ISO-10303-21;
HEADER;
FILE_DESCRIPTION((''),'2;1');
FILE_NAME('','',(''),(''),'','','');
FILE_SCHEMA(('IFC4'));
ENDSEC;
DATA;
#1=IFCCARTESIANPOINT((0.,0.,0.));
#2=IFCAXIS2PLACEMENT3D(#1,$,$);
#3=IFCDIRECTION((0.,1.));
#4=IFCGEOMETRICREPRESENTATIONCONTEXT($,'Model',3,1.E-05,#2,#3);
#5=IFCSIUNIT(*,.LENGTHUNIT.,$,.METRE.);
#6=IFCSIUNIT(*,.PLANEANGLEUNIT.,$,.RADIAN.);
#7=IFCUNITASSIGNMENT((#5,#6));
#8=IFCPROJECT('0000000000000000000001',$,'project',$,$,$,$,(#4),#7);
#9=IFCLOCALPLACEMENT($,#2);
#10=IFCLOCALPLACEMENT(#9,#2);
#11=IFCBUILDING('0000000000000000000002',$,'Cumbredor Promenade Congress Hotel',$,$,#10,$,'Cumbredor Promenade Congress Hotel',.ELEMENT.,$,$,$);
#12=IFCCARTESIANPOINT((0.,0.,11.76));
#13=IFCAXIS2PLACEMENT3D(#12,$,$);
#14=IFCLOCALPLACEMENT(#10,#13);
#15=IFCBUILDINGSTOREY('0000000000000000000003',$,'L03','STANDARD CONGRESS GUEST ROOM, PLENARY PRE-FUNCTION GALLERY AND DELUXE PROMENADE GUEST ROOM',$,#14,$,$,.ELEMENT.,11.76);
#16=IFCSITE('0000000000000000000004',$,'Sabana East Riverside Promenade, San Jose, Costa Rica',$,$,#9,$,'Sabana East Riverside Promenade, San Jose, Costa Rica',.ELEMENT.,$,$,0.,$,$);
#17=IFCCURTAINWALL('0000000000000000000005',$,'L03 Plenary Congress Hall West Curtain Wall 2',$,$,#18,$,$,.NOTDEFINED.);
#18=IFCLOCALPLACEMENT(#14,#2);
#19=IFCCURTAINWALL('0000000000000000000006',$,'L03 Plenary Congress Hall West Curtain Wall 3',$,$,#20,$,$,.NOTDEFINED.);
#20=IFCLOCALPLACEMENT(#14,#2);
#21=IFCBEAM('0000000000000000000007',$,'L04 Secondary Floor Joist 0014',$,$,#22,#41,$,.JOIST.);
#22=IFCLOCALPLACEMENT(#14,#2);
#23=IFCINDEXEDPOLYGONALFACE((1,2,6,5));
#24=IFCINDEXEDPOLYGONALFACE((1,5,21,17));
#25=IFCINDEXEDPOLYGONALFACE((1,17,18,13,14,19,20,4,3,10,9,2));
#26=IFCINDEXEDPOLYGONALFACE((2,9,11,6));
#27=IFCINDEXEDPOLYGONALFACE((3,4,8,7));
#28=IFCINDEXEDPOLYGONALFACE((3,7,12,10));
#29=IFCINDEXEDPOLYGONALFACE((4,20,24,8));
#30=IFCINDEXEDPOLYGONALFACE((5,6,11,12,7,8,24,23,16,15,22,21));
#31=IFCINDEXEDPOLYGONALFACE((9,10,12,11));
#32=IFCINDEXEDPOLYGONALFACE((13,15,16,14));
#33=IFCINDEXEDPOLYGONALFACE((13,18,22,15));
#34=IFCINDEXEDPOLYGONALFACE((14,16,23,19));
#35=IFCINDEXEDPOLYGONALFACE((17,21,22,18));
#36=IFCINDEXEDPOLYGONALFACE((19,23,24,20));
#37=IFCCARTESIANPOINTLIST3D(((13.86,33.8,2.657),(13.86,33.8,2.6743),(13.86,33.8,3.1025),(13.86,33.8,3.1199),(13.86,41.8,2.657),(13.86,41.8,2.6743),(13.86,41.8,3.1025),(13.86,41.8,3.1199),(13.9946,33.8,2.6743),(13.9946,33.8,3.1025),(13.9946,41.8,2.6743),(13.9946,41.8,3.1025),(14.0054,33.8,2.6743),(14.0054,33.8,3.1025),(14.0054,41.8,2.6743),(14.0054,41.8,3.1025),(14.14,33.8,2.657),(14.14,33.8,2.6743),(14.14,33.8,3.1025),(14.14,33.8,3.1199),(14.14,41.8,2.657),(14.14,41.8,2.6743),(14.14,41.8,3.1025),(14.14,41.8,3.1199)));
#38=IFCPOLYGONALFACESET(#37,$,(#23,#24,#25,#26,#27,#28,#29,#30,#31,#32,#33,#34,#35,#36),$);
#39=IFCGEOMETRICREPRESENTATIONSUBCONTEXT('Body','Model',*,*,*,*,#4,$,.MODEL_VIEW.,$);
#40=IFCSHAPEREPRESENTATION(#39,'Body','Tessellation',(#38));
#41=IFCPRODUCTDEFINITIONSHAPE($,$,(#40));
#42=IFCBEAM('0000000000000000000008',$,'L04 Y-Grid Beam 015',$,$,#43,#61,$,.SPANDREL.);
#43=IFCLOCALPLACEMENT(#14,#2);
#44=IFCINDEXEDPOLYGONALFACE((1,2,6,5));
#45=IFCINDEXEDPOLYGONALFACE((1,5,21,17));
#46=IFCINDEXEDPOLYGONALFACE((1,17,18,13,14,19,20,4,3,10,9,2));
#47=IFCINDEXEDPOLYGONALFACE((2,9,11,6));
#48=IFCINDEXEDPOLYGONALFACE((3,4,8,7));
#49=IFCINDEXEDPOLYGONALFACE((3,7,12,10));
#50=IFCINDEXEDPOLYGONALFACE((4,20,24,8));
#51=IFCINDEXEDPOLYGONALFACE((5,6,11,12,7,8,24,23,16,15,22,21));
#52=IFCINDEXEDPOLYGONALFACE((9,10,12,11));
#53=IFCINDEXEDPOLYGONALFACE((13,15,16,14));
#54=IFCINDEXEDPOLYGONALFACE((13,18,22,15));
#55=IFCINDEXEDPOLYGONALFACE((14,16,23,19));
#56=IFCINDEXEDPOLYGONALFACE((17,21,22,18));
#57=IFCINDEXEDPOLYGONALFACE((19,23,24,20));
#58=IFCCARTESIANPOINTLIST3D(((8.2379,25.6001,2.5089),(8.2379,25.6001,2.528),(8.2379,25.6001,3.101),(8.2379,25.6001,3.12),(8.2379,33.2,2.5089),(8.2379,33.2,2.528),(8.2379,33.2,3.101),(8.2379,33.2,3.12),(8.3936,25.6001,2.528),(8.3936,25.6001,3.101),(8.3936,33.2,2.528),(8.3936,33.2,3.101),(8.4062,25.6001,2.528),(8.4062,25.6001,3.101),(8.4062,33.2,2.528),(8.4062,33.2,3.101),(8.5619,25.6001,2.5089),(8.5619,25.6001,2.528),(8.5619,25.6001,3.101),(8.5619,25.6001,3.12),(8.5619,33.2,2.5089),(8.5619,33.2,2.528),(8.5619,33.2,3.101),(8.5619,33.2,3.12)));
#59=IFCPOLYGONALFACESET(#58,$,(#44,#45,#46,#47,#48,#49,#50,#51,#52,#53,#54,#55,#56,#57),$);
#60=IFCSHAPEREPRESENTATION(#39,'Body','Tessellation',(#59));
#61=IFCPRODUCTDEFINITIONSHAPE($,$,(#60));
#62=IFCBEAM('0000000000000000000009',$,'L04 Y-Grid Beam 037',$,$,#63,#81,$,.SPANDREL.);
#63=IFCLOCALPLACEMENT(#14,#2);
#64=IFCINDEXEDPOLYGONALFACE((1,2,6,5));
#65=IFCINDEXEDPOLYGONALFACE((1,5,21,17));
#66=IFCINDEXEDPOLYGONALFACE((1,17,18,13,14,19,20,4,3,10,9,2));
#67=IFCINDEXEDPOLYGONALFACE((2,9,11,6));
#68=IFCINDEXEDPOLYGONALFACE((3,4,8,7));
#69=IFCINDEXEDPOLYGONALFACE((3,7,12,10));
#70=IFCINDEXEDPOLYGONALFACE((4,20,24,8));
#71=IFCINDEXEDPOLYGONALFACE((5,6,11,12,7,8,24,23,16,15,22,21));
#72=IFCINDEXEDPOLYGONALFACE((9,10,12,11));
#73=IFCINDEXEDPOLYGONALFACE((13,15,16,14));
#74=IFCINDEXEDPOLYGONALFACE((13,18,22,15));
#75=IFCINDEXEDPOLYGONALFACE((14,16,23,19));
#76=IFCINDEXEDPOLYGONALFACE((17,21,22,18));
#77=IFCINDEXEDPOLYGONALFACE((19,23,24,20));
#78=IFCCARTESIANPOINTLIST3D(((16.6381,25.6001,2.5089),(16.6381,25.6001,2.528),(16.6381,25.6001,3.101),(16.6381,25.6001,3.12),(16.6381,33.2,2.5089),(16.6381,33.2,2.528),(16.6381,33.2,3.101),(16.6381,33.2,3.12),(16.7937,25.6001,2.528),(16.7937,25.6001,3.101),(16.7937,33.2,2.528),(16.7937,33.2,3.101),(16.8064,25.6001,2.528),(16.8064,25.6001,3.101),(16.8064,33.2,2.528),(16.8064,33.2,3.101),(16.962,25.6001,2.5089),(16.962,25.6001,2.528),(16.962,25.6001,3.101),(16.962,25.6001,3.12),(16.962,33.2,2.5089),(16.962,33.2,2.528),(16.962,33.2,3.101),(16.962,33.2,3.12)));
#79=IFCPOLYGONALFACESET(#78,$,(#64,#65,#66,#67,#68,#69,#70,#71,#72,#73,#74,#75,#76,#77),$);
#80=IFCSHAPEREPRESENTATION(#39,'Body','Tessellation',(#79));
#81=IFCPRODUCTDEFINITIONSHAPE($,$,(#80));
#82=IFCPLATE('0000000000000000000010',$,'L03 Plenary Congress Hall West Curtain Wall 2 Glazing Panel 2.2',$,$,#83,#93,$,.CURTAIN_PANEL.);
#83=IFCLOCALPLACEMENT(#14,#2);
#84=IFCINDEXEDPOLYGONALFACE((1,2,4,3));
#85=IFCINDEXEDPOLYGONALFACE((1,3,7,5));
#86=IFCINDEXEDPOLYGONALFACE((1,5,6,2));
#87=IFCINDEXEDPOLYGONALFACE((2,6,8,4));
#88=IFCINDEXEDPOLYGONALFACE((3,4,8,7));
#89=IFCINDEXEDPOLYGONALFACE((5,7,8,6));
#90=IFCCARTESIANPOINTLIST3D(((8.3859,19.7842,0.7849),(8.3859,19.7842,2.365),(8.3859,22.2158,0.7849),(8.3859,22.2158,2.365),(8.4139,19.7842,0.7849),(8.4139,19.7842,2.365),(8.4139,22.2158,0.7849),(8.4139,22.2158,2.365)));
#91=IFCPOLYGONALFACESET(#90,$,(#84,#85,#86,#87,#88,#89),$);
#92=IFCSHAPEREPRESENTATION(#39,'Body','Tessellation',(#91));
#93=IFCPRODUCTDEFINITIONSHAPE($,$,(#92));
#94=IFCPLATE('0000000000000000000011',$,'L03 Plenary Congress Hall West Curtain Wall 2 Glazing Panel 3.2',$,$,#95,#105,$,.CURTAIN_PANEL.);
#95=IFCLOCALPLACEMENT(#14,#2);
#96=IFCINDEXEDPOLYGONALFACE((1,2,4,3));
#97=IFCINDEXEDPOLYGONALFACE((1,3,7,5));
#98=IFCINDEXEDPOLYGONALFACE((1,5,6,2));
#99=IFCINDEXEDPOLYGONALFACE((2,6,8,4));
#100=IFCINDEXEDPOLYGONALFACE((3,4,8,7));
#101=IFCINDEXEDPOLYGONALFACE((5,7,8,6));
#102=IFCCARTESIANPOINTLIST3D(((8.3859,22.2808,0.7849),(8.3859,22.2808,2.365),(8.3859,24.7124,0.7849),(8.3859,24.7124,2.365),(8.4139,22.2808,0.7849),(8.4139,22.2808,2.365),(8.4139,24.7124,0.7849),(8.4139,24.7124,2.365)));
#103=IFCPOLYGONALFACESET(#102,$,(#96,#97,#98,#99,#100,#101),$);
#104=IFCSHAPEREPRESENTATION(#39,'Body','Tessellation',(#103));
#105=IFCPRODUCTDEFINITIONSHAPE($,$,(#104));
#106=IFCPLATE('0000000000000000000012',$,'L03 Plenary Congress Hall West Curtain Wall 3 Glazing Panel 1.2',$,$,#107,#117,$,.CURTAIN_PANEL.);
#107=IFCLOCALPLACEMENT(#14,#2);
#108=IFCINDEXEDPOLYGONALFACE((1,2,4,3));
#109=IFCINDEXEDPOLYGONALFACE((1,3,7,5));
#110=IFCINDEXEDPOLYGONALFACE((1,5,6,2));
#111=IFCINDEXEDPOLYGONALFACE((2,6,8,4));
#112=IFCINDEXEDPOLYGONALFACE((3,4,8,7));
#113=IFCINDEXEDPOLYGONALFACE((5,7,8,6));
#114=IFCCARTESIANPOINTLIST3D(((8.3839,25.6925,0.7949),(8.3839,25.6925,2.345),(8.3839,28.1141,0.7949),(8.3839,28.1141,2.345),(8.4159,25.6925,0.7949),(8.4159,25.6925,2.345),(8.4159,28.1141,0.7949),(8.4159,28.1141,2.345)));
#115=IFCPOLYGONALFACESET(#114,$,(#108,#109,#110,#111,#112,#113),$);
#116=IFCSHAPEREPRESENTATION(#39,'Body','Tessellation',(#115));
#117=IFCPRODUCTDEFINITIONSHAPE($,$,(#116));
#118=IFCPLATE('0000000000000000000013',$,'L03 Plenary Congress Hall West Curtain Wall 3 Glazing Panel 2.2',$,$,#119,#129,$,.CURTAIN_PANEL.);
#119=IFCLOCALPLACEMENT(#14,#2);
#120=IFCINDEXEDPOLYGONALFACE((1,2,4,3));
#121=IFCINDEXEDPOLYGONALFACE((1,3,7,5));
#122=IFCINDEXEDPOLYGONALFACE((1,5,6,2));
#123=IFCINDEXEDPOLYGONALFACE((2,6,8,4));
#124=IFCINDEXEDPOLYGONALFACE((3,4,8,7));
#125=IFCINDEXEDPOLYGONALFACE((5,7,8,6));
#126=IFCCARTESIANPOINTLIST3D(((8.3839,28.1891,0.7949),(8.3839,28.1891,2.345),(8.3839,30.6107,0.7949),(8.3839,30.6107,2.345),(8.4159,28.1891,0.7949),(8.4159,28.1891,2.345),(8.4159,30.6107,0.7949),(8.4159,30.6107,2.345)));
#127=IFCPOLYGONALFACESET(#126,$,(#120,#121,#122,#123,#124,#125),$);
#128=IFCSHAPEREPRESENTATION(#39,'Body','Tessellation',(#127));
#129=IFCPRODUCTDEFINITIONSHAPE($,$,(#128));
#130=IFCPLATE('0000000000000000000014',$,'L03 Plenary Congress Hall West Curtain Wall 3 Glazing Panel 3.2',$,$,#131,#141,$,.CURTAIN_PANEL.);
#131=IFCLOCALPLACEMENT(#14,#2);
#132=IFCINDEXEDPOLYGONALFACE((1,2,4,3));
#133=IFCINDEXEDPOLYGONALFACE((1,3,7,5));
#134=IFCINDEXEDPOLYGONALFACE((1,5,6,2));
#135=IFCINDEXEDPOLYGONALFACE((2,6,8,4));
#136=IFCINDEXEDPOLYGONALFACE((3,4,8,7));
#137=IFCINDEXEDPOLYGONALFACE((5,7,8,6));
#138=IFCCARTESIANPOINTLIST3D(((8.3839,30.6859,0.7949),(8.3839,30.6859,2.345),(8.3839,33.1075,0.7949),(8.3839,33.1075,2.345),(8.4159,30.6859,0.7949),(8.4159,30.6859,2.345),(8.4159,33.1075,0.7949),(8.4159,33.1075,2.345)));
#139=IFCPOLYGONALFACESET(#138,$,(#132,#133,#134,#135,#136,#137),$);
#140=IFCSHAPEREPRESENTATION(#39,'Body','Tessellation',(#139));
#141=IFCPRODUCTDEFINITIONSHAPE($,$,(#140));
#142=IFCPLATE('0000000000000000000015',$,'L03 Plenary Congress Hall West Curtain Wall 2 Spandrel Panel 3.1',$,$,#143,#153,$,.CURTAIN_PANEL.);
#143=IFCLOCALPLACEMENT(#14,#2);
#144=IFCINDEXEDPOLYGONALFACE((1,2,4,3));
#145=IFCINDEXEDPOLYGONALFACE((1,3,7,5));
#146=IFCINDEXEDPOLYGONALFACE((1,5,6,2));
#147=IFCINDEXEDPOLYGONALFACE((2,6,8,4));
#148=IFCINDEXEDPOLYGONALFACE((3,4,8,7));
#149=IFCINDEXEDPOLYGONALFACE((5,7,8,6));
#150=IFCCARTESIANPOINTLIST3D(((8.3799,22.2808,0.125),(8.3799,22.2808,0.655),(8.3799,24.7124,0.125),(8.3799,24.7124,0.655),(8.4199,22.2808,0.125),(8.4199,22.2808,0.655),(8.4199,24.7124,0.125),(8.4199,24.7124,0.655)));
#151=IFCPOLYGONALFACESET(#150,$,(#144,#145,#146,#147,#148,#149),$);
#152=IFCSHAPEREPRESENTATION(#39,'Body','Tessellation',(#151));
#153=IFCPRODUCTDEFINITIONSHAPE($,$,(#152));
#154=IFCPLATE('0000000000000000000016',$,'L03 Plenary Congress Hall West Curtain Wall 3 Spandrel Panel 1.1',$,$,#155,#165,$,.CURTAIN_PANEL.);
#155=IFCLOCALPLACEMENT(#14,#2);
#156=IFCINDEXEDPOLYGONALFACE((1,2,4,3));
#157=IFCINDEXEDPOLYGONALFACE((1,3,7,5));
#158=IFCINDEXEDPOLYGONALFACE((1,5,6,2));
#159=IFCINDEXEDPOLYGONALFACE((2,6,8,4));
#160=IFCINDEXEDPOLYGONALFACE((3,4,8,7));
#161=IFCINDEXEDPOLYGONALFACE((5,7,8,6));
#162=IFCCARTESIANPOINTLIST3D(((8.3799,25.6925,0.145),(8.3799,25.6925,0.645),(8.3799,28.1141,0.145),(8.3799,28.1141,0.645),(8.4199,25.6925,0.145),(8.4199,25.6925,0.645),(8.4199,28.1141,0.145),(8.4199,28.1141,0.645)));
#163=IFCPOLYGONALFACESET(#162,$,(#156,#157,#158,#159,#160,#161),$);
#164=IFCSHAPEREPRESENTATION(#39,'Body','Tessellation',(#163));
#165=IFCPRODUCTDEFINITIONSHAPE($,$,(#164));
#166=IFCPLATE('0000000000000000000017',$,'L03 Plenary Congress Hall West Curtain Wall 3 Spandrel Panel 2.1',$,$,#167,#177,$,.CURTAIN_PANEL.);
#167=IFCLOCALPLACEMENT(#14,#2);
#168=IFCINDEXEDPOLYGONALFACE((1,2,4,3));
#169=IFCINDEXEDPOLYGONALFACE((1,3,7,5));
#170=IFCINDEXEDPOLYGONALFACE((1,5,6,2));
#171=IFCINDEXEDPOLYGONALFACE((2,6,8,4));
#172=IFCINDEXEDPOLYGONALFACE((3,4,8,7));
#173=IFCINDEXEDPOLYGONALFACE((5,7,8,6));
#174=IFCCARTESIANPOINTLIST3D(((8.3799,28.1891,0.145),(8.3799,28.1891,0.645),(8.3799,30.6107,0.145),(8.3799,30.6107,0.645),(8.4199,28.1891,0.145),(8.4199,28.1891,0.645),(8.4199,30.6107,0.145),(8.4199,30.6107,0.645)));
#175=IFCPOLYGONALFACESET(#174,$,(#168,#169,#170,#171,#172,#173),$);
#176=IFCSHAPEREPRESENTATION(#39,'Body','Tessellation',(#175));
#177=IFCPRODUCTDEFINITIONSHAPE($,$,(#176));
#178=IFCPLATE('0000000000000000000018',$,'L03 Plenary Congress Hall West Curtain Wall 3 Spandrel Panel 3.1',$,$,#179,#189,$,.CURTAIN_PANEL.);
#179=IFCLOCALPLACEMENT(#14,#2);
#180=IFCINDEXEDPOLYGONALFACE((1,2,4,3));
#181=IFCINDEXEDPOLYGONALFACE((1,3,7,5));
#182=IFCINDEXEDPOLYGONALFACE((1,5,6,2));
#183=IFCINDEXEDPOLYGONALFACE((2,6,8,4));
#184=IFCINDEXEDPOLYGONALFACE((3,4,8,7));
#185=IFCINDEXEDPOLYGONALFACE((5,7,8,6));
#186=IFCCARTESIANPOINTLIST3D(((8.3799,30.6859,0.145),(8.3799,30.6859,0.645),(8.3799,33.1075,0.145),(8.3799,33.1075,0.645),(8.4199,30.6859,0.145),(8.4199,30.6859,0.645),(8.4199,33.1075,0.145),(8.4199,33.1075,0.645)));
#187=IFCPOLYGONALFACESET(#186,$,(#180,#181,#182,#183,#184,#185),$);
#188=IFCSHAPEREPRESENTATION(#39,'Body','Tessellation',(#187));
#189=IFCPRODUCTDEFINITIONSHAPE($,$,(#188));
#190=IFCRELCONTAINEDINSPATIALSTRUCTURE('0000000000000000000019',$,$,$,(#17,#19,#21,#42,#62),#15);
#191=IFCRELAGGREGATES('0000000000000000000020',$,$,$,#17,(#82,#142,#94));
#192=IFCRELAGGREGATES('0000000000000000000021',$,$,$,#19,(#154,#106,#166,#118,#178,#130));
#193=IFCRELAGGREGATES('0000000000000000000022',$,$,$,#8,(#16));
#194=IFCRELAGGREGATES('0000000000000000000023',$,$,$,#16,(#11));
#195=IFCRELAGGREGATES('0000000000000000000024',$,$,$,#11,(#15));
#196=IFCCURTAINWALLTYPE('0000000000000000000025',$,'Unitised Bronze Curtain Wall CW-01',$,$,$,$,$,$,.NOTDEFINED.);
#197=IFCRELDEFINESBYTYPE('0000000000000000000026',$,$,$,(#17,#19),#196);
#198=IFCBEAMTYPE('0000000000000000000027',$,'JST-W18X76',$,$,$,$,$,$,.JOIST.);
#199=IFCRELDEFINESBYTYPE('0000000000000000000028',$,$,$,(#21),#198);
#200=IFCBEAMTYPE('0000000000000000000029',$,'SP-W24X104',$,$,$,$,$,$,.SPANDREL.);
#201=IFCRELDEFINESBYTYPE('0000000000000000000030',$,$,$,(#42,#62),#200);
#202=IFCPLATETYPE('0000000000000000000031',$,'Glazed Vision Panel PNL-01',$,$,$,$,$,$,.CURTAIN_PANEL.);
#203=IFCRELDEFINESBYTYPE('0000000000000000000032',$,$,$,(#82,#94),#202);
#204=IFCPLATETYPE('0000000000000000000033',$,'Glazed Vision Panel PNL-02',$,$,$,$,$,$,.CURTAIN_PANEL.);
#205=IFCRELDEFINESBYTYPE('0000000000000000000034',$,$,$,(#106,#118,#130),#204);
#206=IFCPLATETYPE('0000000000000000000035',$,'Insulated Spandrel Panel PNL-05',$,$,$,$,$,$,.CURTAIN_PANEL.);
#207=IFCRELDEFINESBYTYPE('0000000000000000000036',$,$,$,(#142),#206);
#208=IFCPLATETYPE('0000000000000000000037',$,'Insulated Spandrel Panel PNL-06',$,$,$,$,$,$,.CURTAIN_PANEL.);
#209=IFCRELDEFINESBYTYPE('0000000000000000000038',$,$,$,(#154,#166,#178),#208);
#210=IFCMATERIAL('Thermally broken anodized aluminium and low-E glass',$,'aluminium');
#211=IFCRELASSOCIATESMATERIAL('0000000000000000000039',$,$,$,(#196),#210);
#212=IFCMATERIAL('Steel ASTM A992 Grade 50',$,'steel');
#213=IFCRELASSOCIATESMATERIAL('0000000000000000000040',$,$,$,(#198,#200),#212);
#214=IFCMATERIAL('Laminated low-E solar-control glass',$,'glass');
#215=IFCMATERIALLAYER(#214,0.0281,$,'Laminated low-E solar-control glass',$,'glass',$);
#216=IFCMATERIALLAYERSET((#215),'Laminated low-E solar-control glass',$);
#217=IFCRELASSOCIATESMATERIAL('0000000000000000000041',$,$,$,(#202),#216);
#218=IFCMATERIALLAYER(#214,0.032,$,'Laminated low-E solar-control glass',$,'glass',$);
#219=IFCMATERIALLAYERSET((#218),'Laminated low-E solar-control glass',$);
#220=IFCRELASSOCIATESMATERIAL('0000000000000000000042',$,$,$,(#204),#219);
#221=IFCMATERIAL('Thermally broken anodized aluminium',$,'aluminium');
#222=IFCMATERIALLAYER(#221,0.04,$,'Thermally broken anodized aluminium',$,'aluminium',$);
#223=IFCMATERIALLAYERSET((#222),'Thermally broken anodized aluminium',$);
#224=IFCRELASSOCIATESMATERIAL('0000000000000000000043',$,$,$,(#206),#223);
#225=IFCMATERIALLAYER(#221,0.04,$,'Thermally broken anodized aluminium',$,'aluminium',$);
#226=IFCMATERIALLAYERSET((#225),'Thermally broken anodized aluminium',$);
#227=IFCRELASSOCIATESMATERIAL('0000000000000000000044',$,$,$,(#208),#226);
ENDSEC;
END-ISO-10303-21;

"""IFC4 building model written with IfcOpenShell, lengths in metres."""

from ifc_helpers import new_model, si_unit, direction, frame, origin, origin_2d, place, context, subcontext, project, spatial, rectangle, i_section, extrude, material, layer, layer_set, material_profile, profile_set, type_object, element, aggregate, save


model = new_model("IFC4")

# Units and contexts
model_context = context("Model", 3, precision=1e-05, world=origin(), true_north=direction((0.0, 1.0)))
body_context = subcontext(model_context, "Body", "Model", "MODEL_VIEW")
ifc_project = project(units=[si_unit("LENGTHUNIT", "METRE"), si_unit("PLANEANGLEUNIT", "RADIAN")], contexts=[model_context])

# Site, building, storey
site_placement = place(None, origin())
site = spatial("IfcSite", under=ifc_project, at=site_placement, Name="Sabana East Riverside Promenade, San Jose, Costa Rica", LongName="Sabana East Riverside Promenade, San Jose, Costa Rica", CompositionType="ELEMENT", RefElevation=0.0)
building_placement = place(site_placement, origin())
building = spatial("IfcBuilding", under=site, at=building_placement, Name="Cumbredor Promenade Congress Hotel", LongName="Cumbredor Promenade Congress Hotel", CompositionType="ELEMENT")
storey_placement = place(building_placement, frame((0.0, 0.0, 11.76)))
storey = spatial("IfcBuildingStorey", under=building, at=storey_placement, Name="L03", Description="STANDARD CONGRESS GUEST ROOM, PLENARY PRE-FUNCTION GALLERY AND DELUXE PROMENADE GUEST ROOM", CompositionType="ELEMENT", Elevation=11.76)

# Curtain walls
ifc_material_1 = material(Name="Thermally broken anodized aluminium and low-E glass", Category="aluminium")
curtain_wall_type = type_object("IfcCurtainWallType", Name="Unitised Bronze Curtain Wall CW-01", PredefinedType="NOTDEFINED", material=ifc_material_1)
curtain_wall_1_placement = place(storey_placement, origin())
curtain_wall_1 = element("IfcCurtainWall", 1, at=curtain_wall_1_placement, inside=storey, type_object=curtain_wall_type, Name="L03 Plenary Congress Hall West Curtain Wall 2", PredefinedType="NOTDEFINED")
ifc_material_2 = material(Name="Thermally broken anodized aluminium", Category="aluminium")
curtain_wall_2_placement = place(storey_placement, origin())
curtain_wall_2 = element("IfcCurtainWall", 2, at=curtain_wall_2_placement, inside=storey, type_object=curtain_wall_type, Name="L03 Plenary Congress Hall West Curtain Wall 3", PredefinedType="NOTDEFINED")

# Beams
ifc_material_3 = material(Name="Steel ASTM A992 Grade 50", Category="steel")
ifc_material_profile_1 = material_profile(ifc_material_3, i_section(OverallWidth=0.28, OverallDepth=0.4629, WebThickness=0.0107, FlangeThickness=0.0173, at=origin_2d()), Name="W18X76")
ifc_profile_set_1 = profile_set([ifc_material_profile_1], Name="Steel ASTM A992 Grade 50")
beam_type_1 = type_object("IfcBeamType", Name="JST-W18X76", PredefinedType="JOIST", material=ifc_profile_set_1)
for number, where, z_axis, x_axis, name in (
    (3, (14.0, 33.8, 2.8884), (0.0, 1.0, 0.0), (-1.0, 0.0, 0.0), "L04 Secondary Floor Joist 0014"),
):
    element("IfcBeam", number, at=place(storey_placement, frame(where, z_axis=z_axis, x_axis=x_axis)), inside=storey, type_object=beam_type_1, Name=name, PredefinedType="JOIST", context=body_context, shape_type="SweptSolid", body=[
        extrude(i_section(OverallWidth=0.28, OverallDepth=0.4629, WebThickness=0.0107, FlangeThickness=0.0173, at=origin_2d()), origin(), (0.0, 0.0, 1.0), 8.0),
    ])
ifc_material_profile_2 = material_profile(ifc_material_3, i_section(OverallWidth=0.324, OverallDepth=0.6111, WebThickness=0.0127, FlangeThickness=0.019, at=origin_2d()), Name="W24X104")
ifc_profile_set_2 = profile_set([ifc_material_profile_2], Name="Steel ASTM A992 Grade 50")
beam_type_2 = type_object("IfcBeamType", Name="SP-W24X104", PredefinedType="SPANDREL", material=ifc_profile_set_2)
for number, where, z_axis, x_axis, name in (
    (4, (8.3999, 25.6001, 2.8145), (0.0, 1.0, 0.0), (-1.0, 0.0, 0.0), "L04 Y-Grid Beam 015"),
    (5, (16.8, 25.6001, 2.8145), (0.0, 1.0, 0.0), (-1.0, 0.0, 0.0), "L04 Y-Grid Beam 037"),
):
    element("IfcBeam", number, at=place(storey_placement, frame(where, z_axis=z_axis, x_axis=x_axis)), inside=storey, type_object=beam_type_2, Name=name, PredefinedType="SPANDREL", context=body_context, shape_type="SweptSolid", body=[
        extrude(i_section(OverallWidth=0.324, OverallDepth=0.6111, WebThickness=0.0127, FlangeThickness=0.019, at=origin_2d()), origin(), (0.0, 0.0, 1.0), 7.5999),
    ])

# Plates
ifc_material_4 = material(Name="Laminated low-E solar-control glass", Category="glass")
ifc_layer_1 = layer(ifc_material_4, 0.0281, Name="Laminated low-E solar-control glass", Category="glass")
ifc_layer_set_1 = layer_set([ifc_layer_1], Name="Laminated low-E solar-control glass")
plate_type_1 = type_object("IfcPlateType", Name="Glazed Vision Panel PNL-01", PredefinedType="CURTAIN_PANEL", material=ifc_layer_set_1)
plate_1_placement = place(storey_placement, frame((8.3999, 21.0, 0.7849), z_axis=(0.0, 0.0, 1.0), x_axis=(0.0, 1.0, 0.0)))
plate_1 = element("IfcPlate", 6, at=plate_1_placement, type_object=plate_type_1, Name="L03 Plenary Congress Hall West Curtain Wall 2 Glazing Panel 2.2", PredefinedType="CURTAIN_PANEL", context=body_context, shape_type="SweptSolid", body=[
    extrude(rectangle(XDim=2.4316, YDim=0.0281, at=origin_2d()), origin(), (0.0, 0.0, 1.0), 1.5801),
])
plate_2_placement = place(storey_placement, frame((8.3999, 23.4966, 0.7849), z_axis=(0.0, 0.0, 1.0), x_axis=(0.0, 1.0, 0.0)))
plate_2 = element("IfcPlate", 7, at=plate_2_placement, type_object=plate_type_1, Name="L03 Plenary Congress Hall West Curtain Wall 2 Glazing Panel 3.2", PredefinedType="CURTAIN_PANEL", context=body_context, shape_type="SweptSolid", body=[
    extrude(rectangle(XDim=2.4316, YDim=0.0281, at=origin_2d()), origin(), (0.0, 0.0, 1.0), 1.5801),
])
ifc_layer_2 = layer(ifc_material_4, 0.032, Name="Laminated low-E solar-control glass", Category="glass")
ifc_layer_set_2 = layer_set([ifc_layer_2], Name="Laminated low-E solar-control glass")
plate_type_2 = type_object("IfcPlateType", Name="Glazed Vision Panel PNL-02", PredefinedType="CURTAIN_PANEL", material=ifc_layer_set_2)
plate_3_placement = place(storey_placement, frame((8.3999, 26.9033, 0.7949), z_axis=(0.0, 0.0, 1.0), x_axis=(0.0, 1.0, 0.0)))
plate_3 = element("IfcPlate", 8, at=plate_3_placement, type_object=plate_type_2, Name="L03 Plenary Congress Hall West Curtain Wall 3 Glazing Panel 1.2", PredefinedType="CURTAIN_PANEL", context=body_context, shape_type="SweptSolid", body=[
    extrude(rectangle(XDim=2.4216, YDim=0.032, at=origin_2d()), origin(), (0.0, 0.0, 1.0), 1.55),
])
plate_4_placement = place(storey_placement, frame((8.3999, 29.3999, 0.7949), z_axis=(0.0, 0.0, 1.0), x_axis=(0.0, 1.0, 0.0)))
plate_4 = element("IfcPlate", 9, at=plate_4_placement, type_object=plate_type_2, Name="L03 Plenary Congress Hall West Curtain Wall 3 Glazing Panel 2.2", PredefinedType="CURTAIN_PANEL", context=body_context, shape_type="SweptSolid", body=[
    extrude(rectangle(XDim=2.4216, YDim=0.032, at=origin_2d()), origin(), (0.0, 0.0, 1.0), 1.55),
])
plate_5_placement = place(storey_placement, frame((8.3999, 31.8967, 0.7949), z_axis=(0.0, 0.0, 1.0), x_axis=(0.0, 1.0, 0.0)))
plate_5 = element("IfcPlate", 10, at=plate_5_placement, type_object=plate_type_2, Name="L03 Plenary Congress Hall West Curtain Wall 3 Glazing Panel 3.2", PredefinedType="CURTAIN_PANEL", context=body_context, shape_type="SweptSolid", body=[
    extrude(rectangle(XDim=2.4216, YDim=0.032, at=origin_2d()), origin(), (0.0, 0.0, 1.0), 1.55),
])
ifc_layer_3 = layer(ifc_material_2, 0.04, Name="Thermally broken anodized aluminium", Category="aluminium")
ifc_layer_set_3 = layer_set([ifc_layer_3], Name="Thermally broken anodized aluminium")
plate_type_3 = type_object("IfcPlateType", Name="Insulated Spandrel Panel PNL-05", PredefinedType="CURTAIN_PANEL", material=ifc_layer_set_3)
plate_6_placement = place(storey_placement, frame((8.3999, 23.4966, 0.125), z_axis=(0.0, 0.0, 1.0), x_axis=(0.0, 1.0, 0.0)))
plate_6 = element("IfcPlate", 11, at=plate_6_placement, type_object=plate_type_3, Name="L03 Plenary Congress Hall West Curtain Wall 2 Spandrel Panel 3.1", PredefinedType="CURTAIN_PANEL", context=body_context, shape_type="SweptSolid", body=[
    extrude(rectangle(XDim=2.4316, YDim=0.04, at=origin_2d()), origin(), (0.0, 0.0, 1.0), 0.53),
])
aggregate(curtain_wall_1, [plate_1, plate_6, plate_2])
ifc_layer_4 = layer(ifc_material_2, 0.04, Name="Thermally broken anodized aluminium", Category="aluminium")
ifc_layer_set_4 = layer_set([ifc_layer_4], Name="Thermally broken anodized aluminium")
plate_type_4 = type_object("IfcPlateType", Name="Insulated Spandrel Panel PNL-06", PredefinedType="CURTAIN_PANEL", material=ifc_layer_set_4)
plate_7_placement = place(storey_placement, frame((8.3999, 26.9033, 0.145), z_axis=(0.0, 0.0, 1.0), x_axis=(0.0, 1.0, 0.0)))
plate_7 = element("IfcPlate", 12, at=plate_7_placement, type_object=plate_type_4, Name="L03 Plenary Congress Hall West Curtain Wall 3 Spandrel Panel 1.1", PredefinedType="CURTAIN_PANEL", context=body_context, shape_type="SweptSolid", body=[
    extrude(rectangle(XDim=2.4216, YDim=0.04, at=origin_2d()), origin(), (0.0, 0.0, 1.0), 0.5),
])
plate_8_placement = place(storey_placement, frame((8.3999, 29.3999, 0.145), z_axis=(0.0, 0.0, 1.0), x_axis=(0.0, 1.0, 0.0)))
plate_8 = element("IfcPlate", 13, at=plate_8_placement, type_object=plate_type_4, Name="L03 Plenary Congress Hall West Curtain Wall 3 Spandrel Panel 2.1", PredefinedType="CURTAIN_PANEL", context=body_context, shape_type="SweptSolid", body=[
    extrude(rectangle(XDim=2.4216, YDim=0.04, at=origin_2d()), origin(), (0.0, 0.0, 1.0), 0.5),
])
plate_9_placement = place(storey_placement, frame((8.3999, 31.8967, 0.145), z_axis=(0.0, 0.0, 1.0), x_axis=(0.0, 1.0, 0.0)))
plate_9 = element("IfcPlate", 14, at=plate_9_placement, type_object=plate_type_4, Name="L03 Plenary Congress Hall West Curtain Wall 3 Spandrel Panel 3.1", PredefinedType="CURTAIN_PANEL", context=body_context, shape_type="SweptSolid", body=[
    extrude(rectangle(XDim=2.4216, YDim=0.04, at=origin_2d()), origin(), (0.0, 0.0, 1.0), 0.5),
])
aggregate(curtain_wall_2, [plate_7, plate_3, plate_8, plate_4, plate_9, plate_5])

save(model, "model.ifc")
